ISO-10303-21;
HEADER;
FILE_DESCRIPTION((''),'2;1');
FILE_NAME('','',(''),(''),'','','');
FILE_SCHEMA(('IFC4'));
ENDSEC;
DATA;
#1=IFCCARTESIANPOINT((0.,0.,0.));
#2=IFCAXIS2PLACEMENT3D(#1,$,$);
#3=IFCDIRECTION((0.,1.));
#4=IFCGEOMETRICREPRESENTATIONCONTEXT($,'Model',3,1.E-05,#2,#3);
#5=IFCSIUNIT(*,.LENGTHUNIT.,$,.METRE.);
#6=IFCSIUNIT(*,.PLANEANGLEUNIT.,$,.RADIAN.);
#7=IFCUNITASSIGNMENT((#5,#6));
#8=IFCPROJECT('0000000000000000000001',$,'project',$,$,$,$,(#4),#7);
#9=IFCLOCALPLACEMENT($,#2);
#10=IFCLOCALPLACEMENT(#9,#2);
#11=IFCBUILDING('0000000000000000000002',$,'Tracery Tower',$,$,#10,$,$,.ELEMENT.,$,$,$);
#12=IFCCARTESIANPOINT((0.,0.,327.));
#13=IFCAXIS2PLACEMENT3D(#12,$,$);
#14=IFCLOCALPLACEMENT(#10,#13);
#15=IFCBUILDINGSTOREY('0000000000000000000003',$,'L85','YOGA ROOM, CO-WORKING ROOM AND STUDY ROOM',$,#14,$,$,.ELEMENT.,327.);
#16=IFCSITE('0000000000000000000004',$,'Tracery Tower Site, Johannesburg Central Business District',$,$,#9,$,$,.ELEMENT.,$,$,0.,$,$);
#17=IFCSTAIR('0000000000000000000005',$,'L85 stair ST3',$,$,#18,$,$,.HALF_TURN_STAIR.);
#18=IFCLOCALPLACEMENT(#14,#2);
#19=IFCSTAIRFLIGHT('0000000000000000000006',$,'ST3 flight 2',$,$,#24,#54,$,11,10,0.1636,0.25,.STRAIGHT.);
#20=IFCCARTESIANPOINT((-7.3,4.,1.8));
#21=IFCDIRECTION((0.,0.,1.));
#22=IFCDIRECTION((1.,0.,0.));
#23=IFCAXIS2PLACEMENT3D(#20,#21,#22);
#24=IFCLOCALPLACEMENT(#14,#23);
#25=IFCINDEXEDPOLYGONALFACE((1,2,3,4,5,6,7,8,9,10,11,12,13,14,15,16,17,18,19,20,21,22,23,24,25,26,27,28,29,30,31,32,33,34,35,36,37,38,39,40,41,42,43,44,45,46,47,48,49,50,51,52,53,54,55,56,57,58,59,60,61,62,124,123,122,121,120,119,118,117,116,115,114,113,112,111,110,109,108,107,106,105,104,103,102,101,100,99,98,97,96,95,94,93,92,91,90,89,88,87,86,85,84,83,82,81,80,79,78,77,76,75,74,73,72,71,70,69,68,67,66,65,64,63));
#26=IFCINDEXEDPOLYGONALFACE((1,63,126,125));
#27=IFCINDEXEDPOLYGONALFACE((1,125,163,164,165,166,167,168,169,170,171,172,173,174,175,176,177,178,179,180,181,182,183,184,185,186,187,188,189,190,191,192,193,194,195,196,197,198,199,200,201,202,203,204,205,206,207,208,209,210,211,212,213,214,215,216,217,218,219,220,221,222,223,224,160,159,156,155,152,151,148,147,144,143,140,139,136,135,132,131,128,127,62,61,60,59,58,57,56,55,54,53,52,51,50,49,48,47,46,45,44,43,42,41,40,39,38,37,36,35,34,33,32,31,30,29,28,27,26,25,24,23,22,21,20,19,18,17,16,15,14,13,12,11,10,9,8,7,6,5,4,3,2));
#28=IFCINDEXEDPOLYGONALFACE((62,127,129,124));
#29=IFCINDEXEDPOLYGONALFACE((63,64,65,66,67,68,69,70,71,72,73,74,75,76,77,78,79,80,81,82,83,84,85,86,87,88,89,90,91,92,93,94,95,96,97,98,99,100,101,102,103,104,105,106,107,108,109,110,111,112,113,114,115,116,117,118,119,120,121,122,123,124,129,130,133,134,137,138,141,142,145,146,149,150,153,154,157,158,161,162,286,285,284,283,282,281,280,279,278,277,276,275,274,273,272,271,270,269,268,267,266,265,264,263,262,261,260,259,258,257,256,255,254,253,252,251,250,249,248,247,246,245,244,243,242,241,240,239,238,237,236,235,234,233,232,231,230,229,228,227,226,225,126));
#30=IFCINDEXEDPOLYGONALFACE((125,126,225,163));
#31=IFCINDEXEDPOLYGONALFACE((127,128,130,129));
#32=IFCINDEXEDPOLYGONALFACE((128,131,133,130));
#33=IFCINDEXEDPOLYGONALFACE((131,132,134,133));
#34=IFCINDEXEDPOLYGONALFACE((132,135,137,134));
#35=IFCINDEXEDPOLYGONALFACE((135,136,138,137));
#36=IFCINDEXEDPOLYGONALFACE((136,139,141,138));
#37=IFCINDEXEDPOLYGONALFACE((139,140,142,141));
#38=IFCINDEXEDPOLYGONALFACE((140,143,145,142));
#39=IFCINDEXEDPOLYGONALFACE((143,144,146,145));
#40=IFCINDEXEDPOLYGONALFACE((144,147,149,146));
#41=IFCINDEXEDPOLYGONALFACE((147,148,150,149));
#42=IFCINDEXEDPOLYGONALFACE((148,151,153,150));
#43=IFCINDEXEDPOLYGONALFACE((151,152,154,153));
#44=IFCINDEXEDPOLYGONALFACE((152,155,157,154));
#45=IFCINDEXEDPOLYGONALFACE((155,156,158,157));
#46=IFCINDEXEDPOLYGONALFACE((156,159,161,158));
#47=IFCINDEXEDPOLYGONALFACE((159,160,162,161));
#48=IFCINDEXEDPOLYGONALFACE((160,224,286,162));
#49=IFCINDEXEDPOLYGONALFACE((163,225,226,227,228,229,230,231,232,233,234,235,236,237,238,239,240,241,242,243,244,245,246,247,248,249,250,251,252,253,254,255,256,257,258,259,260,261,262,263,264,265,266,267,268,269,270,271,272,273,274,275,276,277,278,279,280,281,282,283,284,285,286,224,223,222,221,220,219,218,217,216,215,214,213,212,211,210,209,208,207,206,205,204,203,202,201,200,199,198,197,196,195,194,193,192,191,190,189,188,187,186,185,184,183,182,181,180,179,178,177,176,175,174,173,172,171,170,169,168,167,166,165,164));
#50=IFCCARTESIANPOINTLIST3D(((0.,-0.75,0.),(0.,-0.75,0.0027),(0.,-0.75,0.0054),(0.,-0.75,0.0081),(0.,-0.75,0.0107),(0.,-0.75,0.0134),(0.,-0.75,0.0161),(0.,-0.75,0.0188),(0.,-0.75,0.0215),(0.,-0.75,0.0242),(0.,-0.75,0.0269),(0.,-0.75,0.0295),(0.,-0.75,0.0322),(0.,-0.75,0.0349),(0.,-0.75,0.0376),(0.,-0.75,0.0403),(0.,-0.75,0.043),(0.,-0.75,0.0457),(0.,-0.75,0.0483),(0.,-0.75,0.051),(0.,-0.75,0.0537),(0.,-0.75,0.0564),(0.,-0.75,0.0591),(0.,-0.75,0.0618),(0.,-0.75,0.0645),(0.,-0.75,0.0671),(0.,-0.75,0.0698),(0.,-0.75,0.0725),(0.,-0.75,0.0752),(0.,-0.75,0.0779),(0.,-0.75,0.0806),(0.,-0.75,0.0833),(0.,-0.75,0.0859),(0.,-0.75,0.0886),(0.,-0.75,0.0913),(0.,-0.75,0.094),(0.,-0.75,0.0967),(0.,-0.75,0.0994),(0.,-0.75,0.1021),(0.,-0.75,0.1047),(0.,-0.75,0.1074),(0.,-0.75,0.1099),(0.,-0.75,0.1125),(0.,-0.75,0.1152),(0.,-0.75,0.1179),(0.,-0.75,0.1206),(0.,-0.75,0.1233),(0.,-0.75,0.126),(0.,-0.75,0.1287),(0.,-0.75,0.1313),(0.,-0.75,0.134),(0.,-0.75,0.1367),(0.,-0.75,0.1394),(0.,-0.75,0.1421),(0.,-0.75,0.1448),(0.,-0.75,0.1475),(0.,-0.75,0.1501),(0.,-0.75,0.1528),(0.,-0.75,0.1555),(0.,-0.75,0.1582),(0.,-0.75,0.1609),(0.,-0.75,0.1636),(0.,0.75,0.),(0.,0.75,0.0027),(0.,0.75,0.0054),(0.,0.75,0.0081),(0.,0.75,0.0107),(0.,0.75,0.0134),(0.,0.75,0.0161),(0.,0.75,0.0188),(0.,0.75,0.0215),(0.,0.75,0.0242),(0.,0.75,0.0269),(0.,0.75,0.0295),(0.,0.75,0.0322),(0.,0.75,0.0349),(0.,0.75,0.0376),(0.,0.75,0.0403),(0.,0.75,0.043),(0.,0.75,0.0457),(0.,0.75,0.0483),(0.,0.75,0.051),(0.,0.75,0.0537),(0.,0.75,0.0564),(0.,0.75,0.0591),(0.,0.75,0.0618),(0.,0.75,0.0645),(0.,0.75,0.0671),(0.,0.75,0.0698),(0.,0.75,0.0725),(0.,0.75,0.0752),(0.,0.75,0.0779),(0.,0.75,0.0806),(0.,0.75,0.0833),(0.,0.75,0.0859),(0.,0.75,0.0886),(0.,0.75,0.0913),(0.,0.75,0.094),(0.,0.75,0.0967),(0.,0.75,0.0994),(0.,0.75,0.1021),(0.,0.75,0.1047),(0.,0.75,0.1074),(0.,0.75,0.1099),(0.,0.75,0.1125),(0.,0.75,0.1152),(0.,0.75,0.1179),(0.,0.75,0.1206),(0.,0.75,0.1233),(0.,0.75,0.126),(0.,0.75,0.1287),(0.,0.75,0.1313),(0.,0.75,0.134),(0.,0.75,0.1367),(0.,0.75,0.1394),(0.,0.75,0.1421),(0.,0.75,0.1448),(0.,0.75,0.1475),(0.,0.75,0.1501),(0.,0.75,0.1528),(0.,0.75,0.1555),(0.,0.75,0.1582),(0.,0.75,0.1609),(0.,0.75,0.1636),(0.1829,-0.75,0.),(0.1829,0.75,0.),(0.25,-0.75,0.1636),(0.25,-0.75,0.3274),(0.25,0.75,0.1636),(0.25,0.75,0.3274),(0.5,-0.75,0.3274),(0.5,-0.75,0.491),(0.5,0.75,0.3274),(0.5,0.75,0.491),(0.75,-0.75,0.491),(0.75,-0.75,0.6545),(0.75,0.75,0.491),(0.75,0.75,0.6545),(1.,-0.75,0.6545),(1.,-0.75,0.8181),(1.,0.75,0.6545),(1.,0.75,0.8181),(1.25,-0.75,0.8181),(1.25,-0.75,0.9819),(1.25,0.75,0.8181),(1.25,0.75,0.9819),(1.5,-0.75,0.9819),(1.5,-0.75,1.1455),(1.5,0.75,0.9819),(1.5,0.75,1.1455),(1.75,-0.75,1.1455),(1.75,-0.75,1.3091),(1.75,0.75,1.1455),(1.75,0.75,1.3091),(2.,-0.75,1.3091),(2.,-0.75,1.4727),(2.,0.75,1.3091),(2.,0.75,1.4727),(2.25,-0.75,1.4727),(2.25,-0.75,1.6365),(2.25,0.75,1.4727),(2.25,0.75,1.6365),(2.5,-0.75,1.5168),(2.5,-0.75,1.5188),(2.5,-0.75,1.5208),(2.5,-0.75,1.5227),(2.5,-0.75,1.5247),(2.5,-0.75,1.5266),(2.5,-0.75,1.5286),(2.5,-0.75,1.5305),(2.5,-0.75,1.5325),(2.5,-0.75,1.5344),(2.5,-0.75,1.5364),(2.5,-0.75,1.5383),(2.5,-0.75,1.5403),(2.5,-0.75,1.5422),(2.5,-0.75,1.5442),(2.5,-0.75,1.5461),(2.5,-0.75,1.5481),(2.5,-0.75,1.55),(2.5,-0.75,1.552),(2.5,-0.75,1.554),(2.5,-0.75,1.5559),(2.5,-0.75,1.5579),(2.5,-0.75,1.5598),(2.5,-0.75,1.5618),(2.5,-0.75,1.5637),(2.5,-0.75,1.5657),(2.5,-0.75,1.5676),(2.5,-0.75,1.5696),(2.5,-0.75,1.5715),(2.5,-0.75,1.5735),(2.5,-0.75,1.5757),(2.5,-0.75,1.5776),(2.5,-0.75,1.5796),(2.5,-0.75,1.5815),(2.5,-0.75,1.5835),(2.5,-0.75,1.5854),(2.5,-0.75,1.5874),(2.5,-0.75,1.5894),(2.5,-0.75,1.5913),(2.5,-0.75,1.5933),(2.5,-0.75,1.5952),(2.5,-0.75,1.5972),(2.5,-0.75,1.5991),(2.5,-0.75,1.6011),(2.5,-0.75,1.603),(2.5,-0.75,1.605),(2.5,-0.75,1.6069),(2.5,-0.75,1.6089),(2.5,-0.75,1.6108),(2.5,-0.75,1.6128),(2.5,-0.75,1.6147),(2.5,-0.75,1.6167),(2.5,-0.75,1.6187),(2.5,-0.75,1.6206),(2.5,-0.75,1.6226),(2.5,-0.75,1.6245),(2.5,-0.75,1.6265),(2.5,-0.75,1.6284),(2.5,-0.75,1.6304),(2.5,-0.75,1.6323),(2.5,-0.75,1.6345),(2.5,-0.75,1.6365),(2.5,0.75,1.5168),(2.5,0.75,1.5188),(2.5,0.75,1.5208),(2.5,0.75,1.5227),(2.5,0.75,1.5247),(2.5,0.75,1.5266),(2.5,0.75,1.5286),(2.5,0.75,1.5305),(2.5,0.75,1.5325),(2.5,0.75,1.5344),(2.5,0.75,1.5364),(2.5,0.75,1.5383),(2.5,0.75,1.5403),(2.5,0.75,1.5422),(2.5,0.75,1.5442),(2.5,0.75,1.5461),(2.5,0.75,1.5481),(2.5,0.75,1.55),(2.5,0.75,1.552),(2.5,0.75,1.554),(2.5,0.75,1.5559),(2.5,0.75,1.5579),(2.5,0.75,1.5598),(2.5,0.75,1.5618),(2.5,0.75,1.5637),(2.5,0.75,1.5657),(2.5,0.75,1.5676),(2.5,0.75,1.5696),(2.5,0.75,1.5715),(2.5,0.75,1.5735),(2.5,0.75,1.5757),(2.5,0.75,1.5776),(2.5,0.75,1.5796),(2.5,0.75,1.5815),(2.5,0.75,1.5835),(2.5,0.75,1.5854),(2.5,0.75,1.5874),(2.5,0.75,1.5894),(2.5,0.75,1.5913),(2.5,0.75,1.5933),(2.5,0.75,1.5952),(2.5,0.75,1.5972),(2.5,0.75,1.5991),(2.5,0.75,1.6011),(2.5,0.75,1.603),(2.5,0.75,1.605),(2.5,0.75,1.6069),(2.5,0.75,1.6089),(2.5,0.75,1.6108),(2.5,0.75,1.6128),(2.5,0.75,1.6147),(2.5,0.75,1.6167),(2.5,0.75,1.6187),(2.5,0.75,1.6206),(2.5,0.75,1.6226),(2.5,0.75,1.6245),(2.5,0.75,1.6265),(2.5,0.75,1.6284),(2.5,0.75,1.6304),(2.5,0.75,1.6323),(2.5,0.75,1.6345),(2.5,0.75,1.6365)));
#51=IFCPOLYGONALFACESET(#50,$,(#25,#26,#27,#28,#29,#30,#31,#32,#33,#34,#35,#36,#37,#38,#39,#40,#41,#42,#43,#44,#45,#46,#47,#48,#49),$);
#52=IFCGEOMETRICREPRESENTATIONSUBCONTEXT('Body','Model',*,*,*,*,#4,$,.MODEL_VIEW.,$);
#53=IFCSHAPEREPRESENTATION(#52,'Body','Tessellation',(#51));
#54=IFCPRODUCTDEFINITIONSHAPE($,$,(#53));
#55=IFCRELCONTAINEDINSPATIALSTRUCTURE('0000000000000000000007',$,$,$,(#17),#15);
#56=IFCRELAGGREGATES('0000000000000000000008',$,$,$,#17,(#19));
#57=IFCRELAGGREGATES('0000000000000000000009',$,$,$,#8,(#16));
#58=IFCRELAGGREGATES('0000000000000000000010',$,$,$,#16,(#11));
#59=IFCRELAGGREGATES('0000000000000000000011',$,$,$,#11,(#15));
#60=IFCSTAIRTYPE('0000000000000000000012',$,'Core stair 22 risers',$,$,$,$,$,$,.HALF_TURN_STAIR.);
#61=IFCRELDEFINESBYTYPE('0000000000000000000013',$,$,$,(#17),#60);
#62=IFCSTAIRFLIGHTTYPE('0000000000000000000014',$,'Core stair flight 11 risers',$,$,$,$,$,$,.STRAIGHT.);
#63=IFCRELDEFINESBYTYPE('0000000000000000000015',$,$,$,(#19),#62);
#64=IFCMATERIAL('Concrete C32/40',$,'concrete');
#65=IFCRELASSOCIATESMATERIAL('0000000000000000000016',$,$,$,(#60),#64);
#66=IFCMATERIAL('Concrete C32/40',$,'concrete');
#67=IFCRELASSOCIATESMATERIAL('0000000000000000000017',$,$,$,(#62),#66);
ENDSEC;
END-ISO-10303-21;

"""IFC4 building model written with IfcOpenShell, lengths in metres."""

from ifc_helpers import new_model, si_unit, direction, frame, origin, place, context, subcontext, project, spatial, polyline, outline, extrude, material, type_object, element, aggregate, save


model = new_model("IFC4")

# Units and contexts
model_context = context("Model", 3, precision=1e-05, world=origin(), true_north=direction((0.0, 1.0)))
body_context = subcontext(model_context, "Body", "Model", "MODEL_VIEW")
ifc_project = project(units=[si_unit("LENGTHUNIT", "METRE"), si_unit("PLANEANGLEUNIT", "RADIAN")], contexts=[model_context])

# Site, building, storey
site_placement = place(None, origin())
site = spatial("IfcSite", under=ifc_project, at=site_placement, Name="Tracery Tower Site, Johannesburg Central Business District", CompositionType="ELEMENT", RefElevation=0.0)
building_placement = place(site_placement, origin())
building = spatial("IfcBuilding", under=site, at=building_placement, Name="Tracery Tower", CompositionType="ELEMENT")
storey_placement = place(building_placement, frame((0.0, 0.0, 327.0)))
storey = spatial("IfcBuildingStorey", under=building, at=storey_placement, Name="L85", Description="YOGA ROOM, CO-WORKING ROOM AND STUDY ROOM", CompositionType="ELEMENT", Elevation=327.0)

# Stair, stair flight
ifc_material_1 = material(Name="Concrete C32/40", Category="concrete")
stair_type = type_object("IfcStairType", Name="Core stair 22 risers", PredefinedType="HALF_TURN_STAIR", material=ifc_material_1)
stair_placement = place(storey_placement, origin())
stair = element("IfcStair", 1, at=stair_placement, inside=storey, type_object=stair_type, Name="L85 stair ST3", PredefinedType="HALF_TURN_STAIR")
ifc_material_2 = material(Name="Concrete C32/40", Category="concrete")
stair_flight_type = type_object("IfcStairFlightType", Name="Core stair flight 11 risers", PredefinedType="STRAIGHT", material=ifc_material_2)
stair_flight_1_placement = place(storey_placement, frame((-7.3, 4.0, 1.8), z_axis=(0.0, 0.0, 1.0), x_axis=(1.0, 0.0, 0.0)))
stair_flight_1 = element("IfcStairFlight", 2, at=stair_flight_1_placement, type_object=stair_flight_type, Name="ST3 flight 2", NumberOfRisers=11, NumberOfTreads=10, PredefinedType="STRAIGHT", RiserHeight=0.1636, TreadLength=0.25, context=body_context, shape_type="SweptSolid", body=[
    extrude(outline(polyline([(0.0, 0.0), (0.0, 0.0027), (0.0, 0.0054), (0.0, 0.0081), (0.0, 0.0107), (0.0, 0.0134), (0.0, 0.0161), (0.0, 0.0188), (0.0, 0.0215), (0.0, 0.0242), (0.0, 0.0269), (0.0, 0.0295), (0.0, 0.0322), (0.0, 0.0349), (0.0, 0.0376), (0.0, 0.0403), (0.0, 0.043), (0.0, 0.0457), (0.0, 0.0483), (0.0, 0.051), (0.0, 0.0537), (0.0, 0.0564), (0.0, 0.0591), (0.0, 0.0618), (0.0, 0.0645), (0.0, 0.0671), (0.0, 0.0698), (0.0, 0.0725), (0.0, 0.0752), (0.0, 0.0779), (0.0, 0.0806), (0.0, 0.0833), (0.0, 0.0859), (0.0, 0.0886), (0.0, 0.0913), (0.0, 0.094), (0.0, 0.0967), (0.0, 0.0994), (0.0, 0.1021), (0.0, 0.1047), (0.0, 0.1074), (0.0, 0.1099), (0.0, 0.1125), (0.0, 0.1152), (0.0, 0.1179), (0.0, 0.1206), (0.0, 0.1233), (0.0, 0.126), (0.0, 0.1287), (0.0, 0.1313), (0.0, 0.134), (0.0, 0.1367), (0.0, 0.1394), (0.0, 0.1421), (0.0, 0.1448), (0.0, 0.1475), (0.0, 0.1501), (0.0, 0.1528), (0.0, 0.1555), (0.0, 0.1582), (0.0, 0.1609), (0.0, 0.1636), (0.25, 0.1636), (0.25, 0.3274), (0.5, 0.3274), (0.5, 0.491), (0.75, 0.491), (0.75, 0.6545), (1.0, 0.6545), (1.0, 0.8181), (1.25, 0.8181), (1.25, 0.9819), (1.5, 0.9819), (1.5, 1.1455), (1.75, 1.1455), (1.75, 1.3091), (2.0, 1.3091), (2.0, 1.4727), (2.25, 1.4727), (2.25, 1.6365), (2.5, 1.6365), (2.5, 1.6345), (2.5, 1.6323), (2.5, 1.6304), (2.5, 1.6284), (2.5, 1.6265), (2.5, 1.6245), (2.5, 1.6226), (2.5, 1.6206), (2.5, 1.6187), (2.5, 1.6167), (2.5, 1.6147), (2.5, 1.6128), (2.5, 1.6108), (2.5, 1.6089), (2.5, 1.6069), (2.5, 1.605), (2.5, 1.603), (2.5, 1.6011), (2.5, 1.5991), (2.5, 1.5972), (2.5, 1.5952), (2.5, 1.5933), (2.5, 1.5913), (2.5, 1.5894), (2.5, 1.5874), (2.5, 1.5854), (2.5, 1.5835), (2.5, 1.5815), (2.5, 1.5796), (2.5, 1.5776), (2.5, 1.5757), (2.5, 1.5735), (2.5, 1.5715), (2.5, 1.5696), (2.5, 1.5676), (2.5, 1.5657), (2.5, 1.5637), (2.5, 1.5618), (2.5, 1.5598), (2.5, 1.5579), (2.5, 1.5559), (2.5, 1.554), (2.5, 1.552), (2.5, 1.55), (2.5, 1.5481), (2.5, 1.5461), (2.5, 1.5442), (2.5, 1.5422), (2.5, 1.5403), (2.5, 1.5383), (2.5, 1.5364), (2.5, 1.5344), (2.5, 1.5325), (2.5, 1.5305), (2.5, 1.5286), (2.5, 1.5266), (2.5, 1.5247), (2.5, 1.5227), (2.5, 1.5208), (2.5, 1.5188), (2.5, 1.5168), (0.1829, 0.0), (0.0, 0.0)])), frame((0.0, 0.75, 0.0), z_axis=(0.0, -1.0, 0.0), x_axis=(1.0, 0.0, 0.0)), (0.0, 0.0, 1.0), 1.5),
])
aggregate(stair, [stair_flight_1])

save(model, "model.ifc")
